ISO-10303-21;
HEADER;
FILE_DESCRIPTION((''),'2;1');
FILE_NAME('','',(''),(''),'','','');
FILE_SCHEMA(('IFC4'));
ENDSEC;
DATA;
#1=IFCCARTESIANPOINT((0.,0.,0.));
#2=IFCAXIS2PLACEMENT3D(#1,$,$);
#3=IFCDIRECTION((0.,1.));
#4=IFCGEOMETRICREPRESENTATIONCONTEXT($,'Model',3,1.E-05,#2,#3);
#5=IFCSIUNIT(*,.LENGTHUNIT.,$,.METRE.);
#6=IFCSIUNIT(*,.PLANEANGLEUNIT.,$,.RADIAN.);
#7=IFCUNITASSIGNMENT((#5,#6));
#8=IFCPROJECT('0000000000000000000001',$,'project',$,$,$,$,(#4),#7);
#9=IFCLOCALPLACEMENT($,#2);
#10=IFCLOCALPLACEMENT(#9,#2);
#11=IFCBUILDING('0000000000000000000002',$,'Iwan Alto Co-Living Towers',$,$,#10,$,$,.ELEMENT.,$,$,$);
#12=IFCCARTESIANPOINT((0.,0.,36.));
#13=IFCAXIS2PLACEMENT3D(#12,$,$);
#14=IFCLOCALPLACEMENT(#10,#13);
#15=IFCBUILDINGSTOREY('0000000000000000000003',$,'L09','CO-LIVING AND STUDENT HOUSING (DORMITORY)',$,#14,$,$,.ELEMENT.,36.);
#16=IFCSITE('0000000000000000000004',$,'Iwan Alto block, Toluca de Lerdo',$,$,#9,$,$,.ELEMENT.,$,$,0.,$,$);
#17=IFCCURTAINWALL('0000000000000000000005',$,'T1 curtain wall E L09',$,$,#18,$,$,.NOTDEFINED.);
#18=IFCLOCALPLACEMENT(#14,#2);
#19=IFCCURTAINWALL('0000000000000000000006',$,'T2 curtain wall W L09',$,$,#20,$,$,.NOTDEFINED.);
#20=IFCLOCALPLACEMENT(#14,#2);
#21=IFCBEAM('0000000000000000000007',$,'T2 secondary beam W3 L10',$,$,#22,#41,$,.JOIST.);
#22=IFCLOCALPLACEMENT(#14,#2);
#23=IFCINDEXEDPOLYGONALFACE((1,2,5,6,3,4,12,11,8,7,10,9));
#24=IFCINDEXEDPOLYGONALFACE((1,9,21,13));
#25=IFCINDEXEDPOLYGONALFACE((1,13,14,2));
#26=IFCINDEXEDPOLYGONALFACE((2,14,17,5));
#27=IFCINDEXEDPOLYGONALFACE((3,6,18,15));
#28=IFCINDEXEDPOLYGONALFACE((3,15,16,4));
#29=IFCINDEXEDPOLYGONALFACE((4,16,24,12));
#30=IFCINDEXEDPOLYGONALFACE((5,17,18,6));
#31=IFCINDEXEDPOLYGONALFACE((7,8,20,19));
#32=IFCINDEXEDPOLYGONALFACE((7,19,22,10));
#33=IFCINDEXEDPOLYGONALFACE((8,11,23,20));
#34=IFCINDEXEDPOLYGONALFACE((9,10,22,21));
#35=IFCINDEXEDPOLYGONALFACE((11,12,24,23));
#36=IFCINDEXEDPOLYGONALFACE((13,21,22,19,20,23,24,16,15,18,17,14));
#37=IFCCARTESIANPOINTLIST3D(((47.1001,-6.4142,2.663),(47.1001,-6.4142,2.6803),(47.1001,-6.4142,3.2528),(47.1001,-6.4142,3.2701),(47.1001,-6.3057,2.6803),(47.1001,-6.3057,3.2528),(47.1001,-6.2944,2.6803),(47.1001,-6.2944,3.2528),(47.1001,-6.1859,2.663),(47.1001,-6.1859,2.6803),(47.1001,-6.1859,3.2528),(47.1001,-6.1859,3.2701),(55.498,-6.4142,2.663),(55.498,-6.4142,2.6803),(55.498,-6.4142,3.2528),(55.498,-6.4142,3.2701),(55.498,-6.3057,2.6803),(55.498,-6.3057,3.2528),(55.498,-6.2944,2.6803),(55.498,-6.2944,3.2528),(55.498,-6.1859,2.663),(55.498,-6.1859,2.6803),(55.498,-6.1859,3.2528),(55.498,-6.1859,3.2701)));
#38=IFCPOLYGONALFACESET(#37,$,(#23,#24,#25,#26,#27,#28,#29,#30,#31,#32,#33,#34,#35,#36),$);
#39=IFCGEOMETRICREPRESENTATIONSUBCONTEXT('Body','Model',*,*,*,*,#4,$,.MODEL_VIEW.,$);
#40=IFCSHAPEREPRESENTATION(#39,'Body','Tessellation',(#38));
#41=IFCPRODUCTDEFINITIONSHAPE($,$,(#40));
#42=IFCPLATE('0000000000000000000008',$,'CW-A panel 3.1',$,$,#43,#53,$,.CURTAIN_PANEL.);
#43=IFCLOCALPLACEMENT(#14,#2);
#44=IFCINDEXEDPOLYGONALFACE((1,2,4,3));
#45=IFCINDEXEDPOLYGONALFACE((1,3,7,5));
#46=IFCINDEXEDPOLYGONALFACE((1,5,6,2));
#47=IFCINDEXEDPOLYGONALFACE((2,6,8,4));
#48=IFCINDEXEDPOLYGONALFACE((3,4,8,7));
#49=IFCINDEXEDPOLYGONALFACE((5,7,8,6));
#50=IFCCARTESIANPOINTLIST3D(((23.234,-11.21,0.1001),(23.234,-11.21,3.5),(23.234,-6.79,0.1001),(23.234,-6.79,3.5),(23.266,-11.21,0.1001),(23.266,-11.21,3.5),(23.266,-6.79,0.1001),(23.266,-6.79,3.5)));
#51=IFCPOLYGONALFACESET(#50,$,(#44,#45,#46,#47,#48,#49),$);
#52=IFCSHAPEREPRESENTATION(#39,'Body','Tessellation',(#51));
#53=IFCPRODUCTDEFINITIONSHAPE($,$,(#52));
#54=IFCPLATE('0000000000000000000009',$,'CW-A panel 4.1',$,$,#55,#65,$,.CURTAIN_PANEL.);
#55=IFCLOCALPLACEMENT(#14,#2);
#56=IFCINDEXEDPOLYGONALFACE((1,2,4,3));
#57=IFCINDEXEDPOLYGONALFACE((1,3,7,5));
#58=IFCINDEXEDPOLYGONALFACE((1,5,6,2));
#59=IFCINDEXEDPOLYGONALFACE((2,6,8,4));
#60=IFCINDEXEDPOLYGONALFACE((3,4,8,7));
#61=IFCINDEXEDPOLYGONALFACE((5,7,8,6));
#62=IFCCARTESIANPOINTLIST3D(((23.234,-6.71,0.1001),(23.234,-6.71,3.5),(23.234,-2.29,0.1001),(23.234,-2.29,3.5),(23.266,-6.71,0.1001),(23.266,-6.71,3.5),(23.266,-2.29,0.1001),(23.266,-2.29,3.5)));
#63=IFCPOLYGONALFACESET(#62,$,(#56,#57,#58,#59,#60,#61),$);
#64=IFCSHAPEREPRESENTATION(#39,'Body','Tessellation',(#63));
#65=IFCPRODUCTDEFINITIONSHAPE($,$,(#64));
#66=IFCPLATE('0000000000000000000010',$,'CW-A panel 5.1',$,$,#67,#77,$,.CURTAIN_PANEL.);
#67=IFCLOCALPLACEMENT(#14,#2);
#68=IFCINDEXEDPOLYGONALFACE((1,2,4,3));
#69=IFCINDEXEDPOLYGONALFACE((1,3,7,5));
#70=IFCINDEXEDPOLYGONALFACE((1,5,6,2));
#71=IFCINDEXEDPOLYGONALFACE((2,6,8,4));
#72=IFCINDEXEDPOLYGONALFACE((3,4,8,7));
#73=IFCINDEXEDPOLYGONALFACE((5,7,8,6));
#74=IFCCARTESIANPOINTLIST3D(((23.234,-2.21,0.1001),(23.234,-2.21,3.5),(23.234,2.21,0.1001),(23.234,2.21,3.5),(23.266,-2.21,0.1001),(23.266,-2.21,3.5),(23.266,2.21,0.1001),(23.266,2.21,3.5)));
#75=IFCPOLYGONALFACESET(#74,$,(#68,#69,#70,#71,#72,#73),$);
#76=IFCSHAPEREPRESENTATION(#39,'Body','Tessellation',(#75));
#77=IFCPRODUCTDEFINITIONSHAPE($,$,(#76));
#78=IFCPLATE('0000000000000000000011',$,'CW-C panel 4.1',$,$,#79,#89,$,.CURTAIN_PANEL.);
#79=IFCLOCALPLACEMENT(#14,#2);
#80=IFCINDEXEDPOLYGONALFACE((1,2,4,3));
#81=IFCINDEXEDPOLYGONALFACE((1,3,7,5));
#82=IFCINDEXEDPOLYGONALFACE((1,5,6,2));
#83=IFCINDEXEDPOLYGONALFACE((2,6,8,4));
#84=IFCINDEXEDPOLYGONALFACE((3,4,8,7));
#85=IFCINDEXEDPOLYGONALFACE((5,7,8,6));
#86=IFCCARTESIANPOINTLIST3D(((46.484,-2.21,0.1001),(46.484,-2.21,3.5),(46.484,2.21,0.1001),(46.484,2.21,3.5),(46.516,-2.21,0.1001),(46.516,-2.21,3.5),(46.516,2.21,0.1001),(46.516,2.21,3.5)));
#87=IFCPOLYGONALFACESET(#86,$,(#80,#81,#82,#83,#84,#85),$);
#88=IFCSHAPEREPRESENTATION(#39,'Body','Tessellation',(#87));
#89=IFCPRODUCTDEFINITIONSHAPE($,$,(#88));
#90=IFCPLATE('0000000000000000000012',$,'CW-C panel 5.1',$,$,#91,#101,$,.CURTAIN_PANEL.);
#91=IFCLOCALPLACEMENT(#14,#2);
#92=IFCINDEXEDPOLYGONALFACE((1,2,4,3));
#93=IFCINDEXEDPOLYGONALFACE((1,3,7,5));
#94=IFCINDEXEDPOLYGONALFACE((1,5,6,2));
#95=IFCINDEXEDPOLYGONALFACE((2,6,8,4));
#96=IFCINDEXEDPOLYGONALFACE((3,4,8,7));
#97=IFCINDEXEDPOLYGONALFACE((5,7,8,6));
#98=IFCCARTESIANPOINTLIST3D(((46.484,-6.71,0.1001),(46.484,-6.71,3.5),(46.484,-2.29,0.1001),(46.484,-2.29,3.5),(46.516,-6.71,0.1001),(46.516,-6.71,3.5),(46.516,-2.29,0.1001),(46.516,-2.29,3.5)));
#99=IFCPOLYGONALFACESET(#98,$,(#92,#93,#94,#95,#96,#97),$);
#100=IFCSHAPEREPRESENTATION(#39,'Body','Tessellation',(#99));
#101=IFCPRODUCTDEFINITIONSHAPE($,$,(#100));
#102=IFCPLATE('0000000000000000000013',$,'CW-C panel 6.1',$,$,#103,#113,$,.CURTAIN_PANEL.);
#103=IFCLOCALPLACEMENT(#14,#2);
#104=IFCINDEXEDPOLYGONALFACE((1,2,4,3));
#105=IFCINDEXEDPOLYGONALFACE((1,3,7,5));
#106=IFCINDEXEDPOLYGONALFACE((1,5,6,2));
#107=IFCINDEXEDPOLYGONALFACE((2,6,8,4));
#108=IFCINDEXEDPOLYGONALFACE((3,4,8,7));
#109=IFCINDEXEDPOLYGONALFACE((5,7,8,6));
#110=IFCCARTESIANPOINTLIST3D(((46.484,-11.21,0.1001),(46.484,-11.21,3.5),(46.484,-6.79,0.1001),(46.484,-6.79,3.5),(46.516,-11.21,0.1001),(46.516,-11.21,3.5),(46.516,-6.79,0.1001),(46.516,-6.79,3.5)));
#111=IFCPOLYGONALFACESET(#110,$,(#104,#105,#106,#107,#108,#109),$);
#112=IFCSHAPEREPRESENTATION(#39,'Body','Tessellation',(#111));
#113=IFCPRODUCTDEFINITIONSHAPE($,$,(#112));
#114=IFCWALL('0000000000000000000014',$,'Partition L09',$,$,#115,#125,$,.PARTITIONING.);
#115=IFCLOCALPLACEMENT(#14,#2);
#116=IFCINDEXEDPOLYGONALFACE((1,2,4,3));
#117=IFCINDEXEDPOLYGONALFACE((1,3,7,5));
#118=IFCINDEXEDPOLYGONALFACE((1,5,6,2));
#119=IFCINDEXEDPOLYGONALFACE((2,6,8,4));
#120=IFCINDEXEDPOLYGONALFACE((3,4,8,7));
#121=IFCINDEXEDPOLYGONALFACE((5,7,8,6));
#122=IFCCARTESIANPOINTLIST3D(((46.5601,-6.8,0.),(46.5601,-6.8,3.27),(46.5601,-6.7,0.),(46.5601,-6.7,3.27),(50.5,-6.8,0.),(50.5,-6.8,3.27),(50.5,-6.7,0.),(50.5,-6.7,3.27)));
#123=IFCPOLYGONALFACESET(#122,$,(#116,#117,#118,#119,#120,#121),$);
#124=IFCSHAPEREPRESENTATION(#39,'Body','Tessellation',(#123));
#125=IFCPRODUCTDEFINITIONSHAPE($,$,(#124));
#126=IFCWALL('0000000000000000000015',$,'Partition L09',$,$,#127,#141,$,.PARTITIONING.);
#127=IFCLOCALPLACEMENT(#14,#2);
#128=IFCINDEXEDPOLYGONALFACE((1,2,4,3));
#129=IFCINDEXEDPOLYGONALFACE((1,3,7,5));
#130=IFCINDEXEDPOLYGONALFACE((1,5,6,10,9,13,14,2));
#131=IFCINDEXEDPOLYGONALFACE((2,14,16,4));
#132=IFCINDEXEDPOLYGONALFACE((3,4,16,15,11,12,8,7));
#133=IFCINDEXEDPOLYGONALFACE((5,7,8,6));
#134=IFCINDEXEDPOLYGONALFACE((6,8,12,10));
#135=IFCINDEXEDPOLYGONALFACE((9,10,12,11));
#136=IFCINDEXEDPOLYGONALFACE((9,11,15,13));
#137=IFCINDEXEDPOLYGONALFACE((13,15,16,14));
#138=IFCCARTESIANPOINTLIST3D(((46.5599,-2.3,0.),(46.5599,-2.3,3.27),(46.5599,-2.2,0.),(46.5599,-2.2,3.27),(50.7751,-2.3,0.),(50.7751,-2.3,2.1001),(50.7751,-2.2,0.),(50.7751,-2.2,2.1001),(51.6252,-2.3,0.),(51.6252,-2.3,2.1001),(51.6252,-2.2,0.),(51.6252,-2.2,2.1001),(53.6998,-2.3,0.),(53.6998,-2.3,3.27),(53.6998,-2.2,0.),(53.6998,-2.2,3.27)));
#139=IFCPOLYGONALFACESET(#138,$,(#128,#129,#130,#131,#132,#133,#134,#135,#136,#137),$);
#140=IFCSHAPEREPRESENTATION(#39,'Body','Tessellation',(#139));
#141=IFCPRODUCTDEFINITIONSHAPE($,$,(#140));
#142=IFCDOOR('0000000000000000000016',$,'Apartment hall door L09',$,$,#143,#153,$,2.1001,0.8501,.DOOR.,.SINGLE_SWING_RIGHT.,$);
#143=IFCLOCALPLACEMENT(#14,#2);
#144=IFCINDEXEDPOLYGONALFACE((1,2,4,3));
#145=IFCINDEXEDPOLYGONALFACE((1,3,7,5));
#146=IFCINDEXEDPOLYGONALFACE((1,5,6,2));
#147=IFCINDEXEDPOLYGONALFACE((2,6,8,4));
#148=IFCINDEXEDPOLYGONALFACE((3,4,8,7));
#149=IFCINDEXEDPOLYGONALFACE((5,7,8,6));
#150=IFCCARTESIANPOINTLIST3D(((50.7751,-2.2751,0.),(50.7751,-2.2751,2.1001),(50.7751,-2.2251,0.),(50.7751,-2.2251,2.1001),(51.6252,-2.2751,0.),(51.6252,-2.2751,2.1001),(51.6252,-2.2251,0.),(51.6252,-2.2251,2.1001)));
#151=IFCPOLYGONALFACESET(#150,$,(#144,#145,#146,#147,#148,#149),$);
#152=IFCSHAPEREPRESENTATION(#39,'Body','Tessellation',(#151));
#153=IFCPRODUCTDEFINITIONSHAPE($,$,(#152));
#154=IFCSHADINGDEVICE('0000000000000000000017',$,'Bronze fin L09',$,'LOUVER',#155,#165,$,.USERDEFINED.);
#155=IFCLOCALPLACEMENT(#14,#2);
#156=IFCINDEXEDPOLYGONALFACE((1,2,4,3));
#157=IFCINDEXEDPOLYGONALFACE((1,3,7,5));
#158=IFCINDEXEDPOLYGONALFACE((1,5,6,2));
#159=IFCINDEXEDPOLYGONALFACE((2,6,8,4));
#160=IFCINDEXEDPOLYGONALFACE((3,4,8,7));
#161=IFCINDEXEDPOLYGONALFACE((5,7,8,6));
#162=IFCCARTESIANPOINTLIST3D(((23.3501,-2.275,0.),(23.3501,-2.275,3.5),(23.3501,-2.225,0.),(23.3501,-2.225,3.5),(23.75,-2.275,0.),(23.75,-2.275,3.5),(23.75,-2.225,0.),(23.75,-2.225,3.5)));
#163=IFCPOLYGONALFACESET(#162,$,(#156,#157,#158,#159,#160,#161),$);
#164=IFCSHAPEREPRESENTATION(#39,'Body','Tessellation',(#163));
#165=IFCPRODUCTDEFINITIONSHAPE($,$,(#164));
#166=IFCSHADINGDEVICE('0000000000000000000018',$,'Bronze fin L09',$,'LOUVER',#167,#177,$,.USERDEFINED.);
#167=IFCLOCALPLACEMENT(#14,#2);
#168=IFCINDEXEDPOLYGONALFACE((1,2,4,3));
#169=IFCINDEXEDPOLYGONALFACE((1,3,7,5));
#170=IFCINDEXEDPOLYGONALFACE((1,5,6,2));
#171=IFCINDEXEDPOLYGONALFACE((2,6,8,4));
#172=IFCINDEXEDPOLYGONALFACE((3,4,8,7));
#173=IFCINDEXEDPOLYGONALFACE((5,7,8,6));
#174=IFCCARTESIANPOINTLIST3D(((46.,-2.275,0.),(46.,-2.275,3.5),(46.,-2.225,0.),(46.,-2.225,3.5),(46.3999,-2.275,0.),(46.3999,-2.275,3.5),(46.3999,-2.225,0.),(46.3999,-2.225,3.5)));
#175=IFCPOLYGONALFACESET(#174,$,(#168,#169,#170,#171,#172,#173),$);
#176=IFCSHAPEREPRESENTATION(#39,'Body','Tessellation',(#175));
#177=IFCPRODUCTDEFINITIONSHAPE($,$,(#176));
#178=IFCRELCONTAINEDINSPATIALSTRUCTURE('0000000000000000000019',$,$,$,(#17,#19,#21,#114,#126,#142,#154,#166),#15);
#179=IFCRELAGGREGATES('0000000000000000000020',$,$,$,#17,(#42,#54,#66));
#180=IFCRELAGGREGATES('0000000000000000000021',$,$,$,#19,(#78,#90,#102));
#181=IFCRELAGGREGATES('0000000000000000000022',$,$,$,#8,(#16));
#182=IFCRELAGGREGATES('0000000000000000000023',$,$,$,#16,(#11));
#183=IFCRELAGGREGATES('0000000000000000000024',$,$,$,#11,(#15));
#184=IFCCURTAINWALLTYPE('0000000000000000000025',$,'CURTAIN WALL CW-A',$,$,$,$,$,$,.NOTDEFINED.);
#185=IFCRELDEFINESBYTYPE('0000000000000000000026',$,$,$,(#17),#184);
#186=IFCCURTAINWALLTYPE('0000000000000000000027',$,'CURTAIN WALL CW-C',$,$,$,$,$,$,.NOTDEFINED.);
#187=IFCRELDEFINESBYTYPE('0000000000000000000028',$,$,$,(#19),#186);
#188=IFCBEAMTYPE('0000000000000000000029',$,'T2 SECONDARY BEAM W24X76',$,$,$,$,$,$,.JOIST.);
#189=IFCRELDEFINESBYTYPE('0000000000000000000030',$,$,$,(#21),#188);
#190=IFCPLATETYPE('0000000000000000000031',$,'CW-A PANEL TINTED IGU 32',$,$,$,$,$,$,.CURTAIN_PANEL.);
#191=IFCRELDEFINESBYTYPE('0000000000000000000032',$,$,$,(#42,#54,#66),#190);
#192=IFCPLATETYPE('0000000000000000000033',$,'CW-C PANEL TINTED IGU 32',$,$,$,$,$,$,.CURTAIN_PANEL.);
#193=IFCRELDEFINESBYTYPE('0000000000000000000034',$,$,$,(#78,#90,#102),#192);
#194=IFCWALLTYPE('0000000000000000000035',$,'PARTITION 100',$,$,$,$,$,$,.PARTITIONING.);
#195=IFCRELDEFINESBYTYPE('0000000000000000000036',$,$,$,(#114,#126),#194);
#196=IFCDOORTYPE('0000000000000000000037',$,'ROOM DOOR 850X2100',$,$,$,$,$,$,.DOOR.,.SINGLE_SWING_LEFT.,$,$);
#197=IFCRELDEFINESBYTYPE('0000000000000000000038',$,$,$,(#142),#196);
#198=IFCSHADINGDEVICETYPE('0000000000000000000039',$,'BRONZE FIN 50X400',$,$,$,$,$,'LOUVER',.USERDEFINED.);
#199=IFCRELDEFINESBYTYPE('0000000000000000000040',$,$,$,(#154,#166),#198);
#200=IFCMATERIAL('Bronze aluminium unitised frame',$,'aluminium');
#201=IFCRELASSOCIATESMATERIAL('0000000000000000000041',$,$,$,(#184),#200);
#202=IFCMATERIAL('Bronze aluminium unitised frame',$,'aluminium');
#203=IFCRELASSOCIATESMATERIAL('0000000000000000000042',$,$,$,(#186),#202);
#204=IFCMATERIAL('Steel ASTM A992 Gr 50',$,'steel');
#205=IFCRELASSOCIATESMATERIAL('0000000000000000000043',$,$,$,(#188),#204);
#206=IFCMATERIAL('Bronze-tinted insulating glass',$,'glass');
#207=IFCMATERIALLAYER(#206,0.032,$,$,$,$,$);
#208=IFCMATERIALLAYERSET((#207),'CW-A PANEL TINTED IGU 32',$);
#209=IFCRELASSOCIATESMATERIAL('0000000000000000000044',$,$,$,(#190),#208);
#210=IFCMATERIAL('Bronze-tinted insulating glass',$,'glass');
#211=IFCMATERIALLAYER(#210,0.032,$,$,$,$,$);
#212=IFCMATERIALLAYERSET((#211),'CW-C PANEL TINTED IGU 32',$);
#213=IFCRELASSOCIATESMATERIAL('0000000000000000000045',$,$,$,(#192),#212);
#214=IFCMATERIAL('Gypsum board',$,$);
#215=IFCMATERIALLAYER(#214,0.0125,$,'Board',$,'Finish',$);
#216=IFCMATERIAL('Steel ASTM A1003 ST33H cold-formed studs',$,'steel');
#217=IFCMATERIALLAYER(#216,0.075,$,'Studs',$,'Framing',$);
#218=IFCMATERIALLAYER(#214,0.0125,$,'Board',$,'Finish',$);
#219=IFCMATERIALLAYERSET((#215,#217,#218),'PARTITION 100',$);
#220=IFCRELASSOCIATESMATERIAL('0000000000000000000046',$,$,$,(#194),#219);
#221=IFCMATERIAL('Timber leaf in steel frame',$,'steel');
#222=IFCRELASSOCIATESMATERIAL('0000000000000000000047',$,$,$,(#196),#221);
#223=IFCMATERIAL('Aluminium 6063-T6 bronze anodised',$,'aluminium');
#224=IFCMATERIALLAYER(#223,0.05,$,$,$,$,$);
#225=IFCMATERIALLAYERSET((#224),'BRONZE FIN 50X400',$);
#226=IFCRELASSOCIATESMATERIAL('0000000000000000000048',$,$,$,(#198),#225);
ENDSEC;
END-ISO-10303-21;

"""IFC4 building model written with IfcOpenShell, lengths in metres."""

from ifc_helpers import new_model, si_unit, direction, frame, frame_2d, origin, origin_2d, place, context, subcontext, project, spatial, rectangle, i_section, extrude, material, layer, layer_set, material_profile, profile_set, type_object, element, fill, aggregate, save


model = new_model("IFC4")

# Units and contexts
model_context = context("Model", 3, precision=1e-05, world=origin(), true_north=direction((0.0, 1.0)))
body_context = subcontext(model_context, "Body", "Model", "MODEL_VIEW")
ifc_project = project(units=[si_unit("LENGTHUNIT", "METRE"), si_unit("PLANEANGLEUNIT", "RADIAN")], contexts=[model_context])

# Site, building, storey
site_placement = place(None, origin())
site = spatial("IfcSite", under=ifc_project, at=site_placement, Name="Iwan Alto block, Toluca de Lerdo", CompositionType="ELEMENT", RefElevation=0.0)
building_placement = place(site_placement, origin())
building = spatial("IfcBuilding", under=site, at=building_placement, Name="Iwan Alto Co-Living Towers", CompositionType="ELEMENT")
storey_placement = place(building_placement, frame((0.0, 0.0, 36.0)))
storey = spatial("IfcBuildingStorey", under=building, at=storey_placement, Name="L09", Description="CO-LIVING AND STUDENT HOUSING (DORMITORY)", CompositionType="ELEMENT", Elevation=36.0)

# Curtain walls
ifc_material_1 = material(Name="Bronze aluminium unitised frame", Category="aluminium")
curtain_wall_type_1 = type_object("IfcCurtainWallType", Name="CURTAIN WALL CW-A", PredefinedType="NOTDEFINED", material=ifc_material_1)
curtain_wall_1_placement = place(storey_placement, origin())
curtain_wall_1 = element("IfcCurtainWall", 1, at=curtain_wall_1_placement, inside=storey, type_object=curtain_wall_type_1, Name="T1 curtain wall E L09", PredefinedType="NOTDEFINED")
ifc_material_2 = material(Name="Bronze aluminium unitised frame", Category="aluminium")
curtain_wall_type_2 = type_object("IfcCurtainWallType", Name="CURTAIN WALL CW-C", PredefinedType="NOTDEFINED", material=ifc_material_2)
curtain_wall_2_placement = place(storey_placement, origin())
curtain_wall_2 = element("IfcCurtainWall", 2, at=curtain_wall_2_placement, inside=storey, type_object=curtain_wall_type_2, Name="T2 curtain wall W L09", PredefinedType="NOTDEFINED")

# Beam
ifc_material_3 = material(Name="Steel ASTM A992 Gr 50", Category="steel")
ifc_material_profile_1 = material_profile(ifc_material_3, i_section(OverallWidth=0.2283, OverallDepth=0.6072, WebThickness=0.0112, FlangeThickness=0.0173, at=origin_2d()), Name="W24X76")
ifc_profile_set_1 = profile_set([ifc_material_profile_1], Name="Steel ASTM A992 Gr 50")
beam_type_1 = type_object("IfcBeamType", Name="T2 SECONDARY BEAM W24X76", PredefinedType="JOIST", material=ifc_profile_set_1)
beam_1_placement = place(storey_placement, frame((47.1001, -6.3, 2.9666), z_axis=(1.0, 0.0, 0.0), x_axis=(0.0, 1.0, 0.0)))
element("IfcBeam", 3, at=beam_1_placement, inside=storey, type_object=beam_type_1, Name="T2 secondary beam W3 L10", PredefinedType="JOIST", context=body_context, shape_type="SweptSolid", body=[
    extrude(i_section(OverallWidth=0.2283, OverallDepth=0.6072, WebThickness=0.0112, FlangeThickness=0.0173, at=origin_2d()), origin(), (0.0, 0.0, 1.0), 8.3979),
])

# Plates
ifc_material_4 = material(Name="Bronze-tinted insulating glass", Category="glass")
ifc_layer_1 = layer(ifc_material_4, 0.032)
ifc_layer_set_1 = layer_set([ifc_layer_1], Name="CW-A PANEL TINTED IGU 32")
plate_type_1 = type_object("IfcPlateType", Name="CW-A PANEL TINTED IGU 32", PredefinedType="CURTAIN_PANEL", material=ifc_layer_set_1)
plate_1_placement = place(storey_placement, frame((23.25, -9.0, 0.1001), z_axis=(0.0, 0.0, 1.0), x_axis=(0.0, 1.0, 0.0)))
plate_1 = element("IfcPlate", 4, at=plate_1_placement, type_object=plate_type_1, Name="CW-A panel 3.1", PredefinedType="CURTAIN_PANEL", context=body_context, shape_type="SweptSolid", body=[
    extrude(rectangle(XDim=4.4199, YDim=0.032, at=origin_2d()), origin(), (0.0, 0.0, 1.0), 3.3999),
])
plate_2_placement = place(storey_placement, frame((23.25, -4.5, 0.1001), z_axis=(0.0, 0.0, 1.0), x_axis=(0.0, 1.0, 0.0)))
plate_2 = element("IfcPlate", 5, at=plate_2_placement, type_object=plate_type_1, Name="CW-A panel 4.1", PredefinedType="CURTAIN_PANEL", context=body_context, shape_type="SweptSolid", body=[
    extrude(rectangle(XDim=4.4199, YDim=0.032, at=origin_2d()), origin(), (0.0, 0.0, 1.0), 3.3999),
])
plate_3_placement = place(storey_placement, frame((23.25, 0.0, 0.1001), z_axis=(0.0, 0.0, 1.0), x_axis=(0.0, 1.0, 0.0)))
plate_3 = element("IfcPlate", 6, at=plate_3_placement, type_object=plate_type_1, Name="CW-A panel 5.1", PredefinedType="CURTAIN_PANEL", context=body_context, shape_type="SweptSolid", body=[
    extrude(rectangle(XDim=4.4199, YDim=0.032, at=origin_2d()), origin(), (0.0, 0.0, 1.0), 3.3999),
])
aggregate(curtain_wall_1, [plate_1, plate_2, plate_3])
ifc_material_5 = material(Name="Bronze-tinted insulating glass", Category="glass")
ifc_layer_2 = layer(ifc_material_5, 0.032)
ifc_layer_set_2 = layer_set([ifc_layer_2], Name="CW-C PANEL TINTED IGU 32")
plate_type_2 = type_object("IfcPlateType", Name="CW-C PANEL TINTED IGU 32", PredefinedType="CURTAIN_PANEL", material=ifc_layer_set_2)
plate_4_placement = place(storey_placement, frame((46.5, 0.0, 0.1001), z_axis=(0.0, 0.0, 1.0), x_axis=(0.0, -1.0, 0.0)))
plate_4 = element("IfcPlate", 7, at=plate_4_placement, type_object=plate_type_2, Name="CW-C panel 4.1", PredefinedType="CURTAIN_PANEL", context=body_context, shape_type="SweptSolid", body=[
    extrude(rectangle(XDim=4.4199, YDim=0.032, at=origin_2d()), origin(), (0.0, 0.0, 1.0), 3.3999),
])
plate_5_placement = place(storey_placement, frame((46.5, -4.5, 0.1001), z_axis=(0.0, 0.0, 1.0), x_axis=(0.0, -1.0, 0.0)))
plate_5 = element("IfcPlate", 8, at=plate_5_placement, type_object=plate_type_2, Name="CW-C panel 5.1", PredefinedType="CURTAIN_PANEL", context=body_context, shape_type="SweptSolid", body=[
    extrude(rectangle(XDim=4.4199, YDim=0.032, at=origin_2d()), origin(), (0.0, 0.0, 1.0), 3.3999),
])
plate_6_placement = place(storey_placement, frame((46.5, -9.0, 0.1001), z_axis=(0.0, 0.0, 1.0), x_axis=(0.0, -1.0, 0.0)))
plate_6 = element("IfcPlate", 9, at=plate_6_placement, type_object=plate_type_2, Name="CW-C panel 6.1", PredefinedType="CURTAIN_PANEL", context=body_context, shape_type="SweptSolid", body=[
    extrude(rectangle(XDim=4.4199, YDim=0.032, at=origin_2d()), origin(), (0.0, 0.0, 1.0), 3.3999),
])
aggregate(curtain_wall_2, [plate_4, plate_5, plate_6])

# Wall
ifc_material_6 = material(Name="Gypsum board")
ifc_layer_3 = layer(ifc_material_6, 0.0125, Name="Board", Category="Finish")
ifc_material_7 = material(Name="Steel ASTM A1003 ST33H cold-formed studs", Category="steel")
ifc_layer_4 = layer(ifc_material_7, 0.075, Name="Studs", Category="Framing")
ifc_layer_5 = layer(ifc_material_6, 0.0125, Name="Board", Category="Finish")
ifc_layer_set_3 = layer_set([ifc_layer_3, ifc_layer_4, ifc_layer_5], Name="PARTITION 100")
wall_type = type_object("IfcWallType", Name="PARTITION 100", PredefinedType="PARTITIONING", material=ifc_layer_set_3)
wall_1_placement = place(storey_placement, frame((46.5601, -6.75, 0.0), z_axis=(0.0, 0.0, 1.0), x_axis=(1.0, 0.0, 0.0)))
element("IfcWall", 10, at=wall_1_placement, inside=storey, type_object=wall_type, Name="Partition L09", PredefinedType="PARTITIONING", context=body_context, shape_type="SweptSolid", body=[
    extrude(rectangle(XDim=3.9399, YDim=0.1001, at=frame_2d((1.97, 0.0))), origin(), (0.0, 0.0, 1.0), 3.27),
])

# Wall, opening, door
wall_2_placement = place(storey_placement, frame((46.5601, -2.25, 0.0), z_axis=(0.0, 0.0, 1.0), x_axis=(1.0, 0.0, 0.0)))
wall_2 = element("IfcWall", 11, at=wall_2_placement, inside=storey, type_object=wall_type, Name="Partition L09", PredefinedType="PARTITIONING", context=body_context, shape_type="SweptSolid", body=[
    extrude(rectangle(XDim=7.1399, YDim=0.1001, at=frame_2d((3.5698, 0.0))), origin(), (0.0, 0.0, 1.0), 3.27),
])
opening_placement = place(wall_2_placement, frame((4.2151, 0.0, 0.0)))
opening = element("IfcOpeningElement", 12, at=opening_placement, cuts=wall_2, PredefinedType="OPENING", context=body_context, shape_type="SweptSolid", body=[
    extrude(rectangle(XDim=0.8501, YDim=2.1001, at=frame_2d((0.425, 1.05))), frame((0.0, 0.0601, 0.0), z_axis=(0.0, -1.0, 0.0), x_axis=(1.0, 0.0, 0.0)), (0.0, 0.0, 1.0), 0.1201),
])
ifc_material_8 = material(Name="Timber leaf in steel frame", Category="steel")
door_type = type_object("IfcDoorType", Name="ROOM DOOR 850X2100", OperationType="SINGLE_SWING_LEFT", PredefinedType="DOOR", material=ifc_material_8)
door_placement = place(opening_placement, origin())
door = element("IfcDoor", 13, at=door_placement, inside=storey, type_object=door_type, Name="Apartment hall door L09", OperationType="SINGLE_SWING_RIGHT", OverallHeight=2.1001, OverallWidth=0.8501, PredefinedType="DOOR", context=body_context, shape_type="SweptSolid", body=[
    extrude(rectangle(XDim=0.8501, YDim=2.1001, at=frame_2d((0.425, 1.05))), frame((0.0, 0.0249, 0.0), z_axis=(0.0, -1.0, 0.0), x_axis=(1.0, 0.0, 0.0)), (0.0, 0.0, 1.0), 0.05),
])
fill(opening, door)

# Shading devices
ifc_material_9 = material(Name="Aluminium 6063-T6 bronze anodised", Category="aluminium")
ifc_layer_6 = layer(ifc_material_9, 0.05)
ifc_layer_set_4 = layer_set([ifc_layer_6], Name="BRONZE FIN 50X400")
shading_device_type = type_object("IfcShadingDeviceType", Name="BRONZE FIN 50X400", ElementType="LOUVER", PredefinedType="USERDEFINED", material=ifc_layer_set_4)
for number, where, z_axis, x_axis, name in (
    (14, (23.55, -2.25, 0.0), (0.0, 0.0, 1.0), (0.0, 1.0, 0.0), "Bronze fin L09"),
    (15, (46.2, -2.25, 0.0), (0.0, 0.0, 1.0), (0.0, -1.0, 0.0), "Bronze fin L09"),
):
    element("IfcShadingDevice", number, at=place(storey_placement, frame(where, z_axis=z_axis, x_axis=x_axis)), inside=storey, type_object=shading_device_type, Name=name, ObjectType="LOUVER", PredefinedType="USERDEFINED", context=body_context, shape_type="SweptSolid", body=[
        extrude(rectangle(XDim=0.05, YDim=0.3999, at=origin_2d()), origin(), (0.0, 0.0, 1.0), 3.5),
    ])

save(model, "model.ifc")
